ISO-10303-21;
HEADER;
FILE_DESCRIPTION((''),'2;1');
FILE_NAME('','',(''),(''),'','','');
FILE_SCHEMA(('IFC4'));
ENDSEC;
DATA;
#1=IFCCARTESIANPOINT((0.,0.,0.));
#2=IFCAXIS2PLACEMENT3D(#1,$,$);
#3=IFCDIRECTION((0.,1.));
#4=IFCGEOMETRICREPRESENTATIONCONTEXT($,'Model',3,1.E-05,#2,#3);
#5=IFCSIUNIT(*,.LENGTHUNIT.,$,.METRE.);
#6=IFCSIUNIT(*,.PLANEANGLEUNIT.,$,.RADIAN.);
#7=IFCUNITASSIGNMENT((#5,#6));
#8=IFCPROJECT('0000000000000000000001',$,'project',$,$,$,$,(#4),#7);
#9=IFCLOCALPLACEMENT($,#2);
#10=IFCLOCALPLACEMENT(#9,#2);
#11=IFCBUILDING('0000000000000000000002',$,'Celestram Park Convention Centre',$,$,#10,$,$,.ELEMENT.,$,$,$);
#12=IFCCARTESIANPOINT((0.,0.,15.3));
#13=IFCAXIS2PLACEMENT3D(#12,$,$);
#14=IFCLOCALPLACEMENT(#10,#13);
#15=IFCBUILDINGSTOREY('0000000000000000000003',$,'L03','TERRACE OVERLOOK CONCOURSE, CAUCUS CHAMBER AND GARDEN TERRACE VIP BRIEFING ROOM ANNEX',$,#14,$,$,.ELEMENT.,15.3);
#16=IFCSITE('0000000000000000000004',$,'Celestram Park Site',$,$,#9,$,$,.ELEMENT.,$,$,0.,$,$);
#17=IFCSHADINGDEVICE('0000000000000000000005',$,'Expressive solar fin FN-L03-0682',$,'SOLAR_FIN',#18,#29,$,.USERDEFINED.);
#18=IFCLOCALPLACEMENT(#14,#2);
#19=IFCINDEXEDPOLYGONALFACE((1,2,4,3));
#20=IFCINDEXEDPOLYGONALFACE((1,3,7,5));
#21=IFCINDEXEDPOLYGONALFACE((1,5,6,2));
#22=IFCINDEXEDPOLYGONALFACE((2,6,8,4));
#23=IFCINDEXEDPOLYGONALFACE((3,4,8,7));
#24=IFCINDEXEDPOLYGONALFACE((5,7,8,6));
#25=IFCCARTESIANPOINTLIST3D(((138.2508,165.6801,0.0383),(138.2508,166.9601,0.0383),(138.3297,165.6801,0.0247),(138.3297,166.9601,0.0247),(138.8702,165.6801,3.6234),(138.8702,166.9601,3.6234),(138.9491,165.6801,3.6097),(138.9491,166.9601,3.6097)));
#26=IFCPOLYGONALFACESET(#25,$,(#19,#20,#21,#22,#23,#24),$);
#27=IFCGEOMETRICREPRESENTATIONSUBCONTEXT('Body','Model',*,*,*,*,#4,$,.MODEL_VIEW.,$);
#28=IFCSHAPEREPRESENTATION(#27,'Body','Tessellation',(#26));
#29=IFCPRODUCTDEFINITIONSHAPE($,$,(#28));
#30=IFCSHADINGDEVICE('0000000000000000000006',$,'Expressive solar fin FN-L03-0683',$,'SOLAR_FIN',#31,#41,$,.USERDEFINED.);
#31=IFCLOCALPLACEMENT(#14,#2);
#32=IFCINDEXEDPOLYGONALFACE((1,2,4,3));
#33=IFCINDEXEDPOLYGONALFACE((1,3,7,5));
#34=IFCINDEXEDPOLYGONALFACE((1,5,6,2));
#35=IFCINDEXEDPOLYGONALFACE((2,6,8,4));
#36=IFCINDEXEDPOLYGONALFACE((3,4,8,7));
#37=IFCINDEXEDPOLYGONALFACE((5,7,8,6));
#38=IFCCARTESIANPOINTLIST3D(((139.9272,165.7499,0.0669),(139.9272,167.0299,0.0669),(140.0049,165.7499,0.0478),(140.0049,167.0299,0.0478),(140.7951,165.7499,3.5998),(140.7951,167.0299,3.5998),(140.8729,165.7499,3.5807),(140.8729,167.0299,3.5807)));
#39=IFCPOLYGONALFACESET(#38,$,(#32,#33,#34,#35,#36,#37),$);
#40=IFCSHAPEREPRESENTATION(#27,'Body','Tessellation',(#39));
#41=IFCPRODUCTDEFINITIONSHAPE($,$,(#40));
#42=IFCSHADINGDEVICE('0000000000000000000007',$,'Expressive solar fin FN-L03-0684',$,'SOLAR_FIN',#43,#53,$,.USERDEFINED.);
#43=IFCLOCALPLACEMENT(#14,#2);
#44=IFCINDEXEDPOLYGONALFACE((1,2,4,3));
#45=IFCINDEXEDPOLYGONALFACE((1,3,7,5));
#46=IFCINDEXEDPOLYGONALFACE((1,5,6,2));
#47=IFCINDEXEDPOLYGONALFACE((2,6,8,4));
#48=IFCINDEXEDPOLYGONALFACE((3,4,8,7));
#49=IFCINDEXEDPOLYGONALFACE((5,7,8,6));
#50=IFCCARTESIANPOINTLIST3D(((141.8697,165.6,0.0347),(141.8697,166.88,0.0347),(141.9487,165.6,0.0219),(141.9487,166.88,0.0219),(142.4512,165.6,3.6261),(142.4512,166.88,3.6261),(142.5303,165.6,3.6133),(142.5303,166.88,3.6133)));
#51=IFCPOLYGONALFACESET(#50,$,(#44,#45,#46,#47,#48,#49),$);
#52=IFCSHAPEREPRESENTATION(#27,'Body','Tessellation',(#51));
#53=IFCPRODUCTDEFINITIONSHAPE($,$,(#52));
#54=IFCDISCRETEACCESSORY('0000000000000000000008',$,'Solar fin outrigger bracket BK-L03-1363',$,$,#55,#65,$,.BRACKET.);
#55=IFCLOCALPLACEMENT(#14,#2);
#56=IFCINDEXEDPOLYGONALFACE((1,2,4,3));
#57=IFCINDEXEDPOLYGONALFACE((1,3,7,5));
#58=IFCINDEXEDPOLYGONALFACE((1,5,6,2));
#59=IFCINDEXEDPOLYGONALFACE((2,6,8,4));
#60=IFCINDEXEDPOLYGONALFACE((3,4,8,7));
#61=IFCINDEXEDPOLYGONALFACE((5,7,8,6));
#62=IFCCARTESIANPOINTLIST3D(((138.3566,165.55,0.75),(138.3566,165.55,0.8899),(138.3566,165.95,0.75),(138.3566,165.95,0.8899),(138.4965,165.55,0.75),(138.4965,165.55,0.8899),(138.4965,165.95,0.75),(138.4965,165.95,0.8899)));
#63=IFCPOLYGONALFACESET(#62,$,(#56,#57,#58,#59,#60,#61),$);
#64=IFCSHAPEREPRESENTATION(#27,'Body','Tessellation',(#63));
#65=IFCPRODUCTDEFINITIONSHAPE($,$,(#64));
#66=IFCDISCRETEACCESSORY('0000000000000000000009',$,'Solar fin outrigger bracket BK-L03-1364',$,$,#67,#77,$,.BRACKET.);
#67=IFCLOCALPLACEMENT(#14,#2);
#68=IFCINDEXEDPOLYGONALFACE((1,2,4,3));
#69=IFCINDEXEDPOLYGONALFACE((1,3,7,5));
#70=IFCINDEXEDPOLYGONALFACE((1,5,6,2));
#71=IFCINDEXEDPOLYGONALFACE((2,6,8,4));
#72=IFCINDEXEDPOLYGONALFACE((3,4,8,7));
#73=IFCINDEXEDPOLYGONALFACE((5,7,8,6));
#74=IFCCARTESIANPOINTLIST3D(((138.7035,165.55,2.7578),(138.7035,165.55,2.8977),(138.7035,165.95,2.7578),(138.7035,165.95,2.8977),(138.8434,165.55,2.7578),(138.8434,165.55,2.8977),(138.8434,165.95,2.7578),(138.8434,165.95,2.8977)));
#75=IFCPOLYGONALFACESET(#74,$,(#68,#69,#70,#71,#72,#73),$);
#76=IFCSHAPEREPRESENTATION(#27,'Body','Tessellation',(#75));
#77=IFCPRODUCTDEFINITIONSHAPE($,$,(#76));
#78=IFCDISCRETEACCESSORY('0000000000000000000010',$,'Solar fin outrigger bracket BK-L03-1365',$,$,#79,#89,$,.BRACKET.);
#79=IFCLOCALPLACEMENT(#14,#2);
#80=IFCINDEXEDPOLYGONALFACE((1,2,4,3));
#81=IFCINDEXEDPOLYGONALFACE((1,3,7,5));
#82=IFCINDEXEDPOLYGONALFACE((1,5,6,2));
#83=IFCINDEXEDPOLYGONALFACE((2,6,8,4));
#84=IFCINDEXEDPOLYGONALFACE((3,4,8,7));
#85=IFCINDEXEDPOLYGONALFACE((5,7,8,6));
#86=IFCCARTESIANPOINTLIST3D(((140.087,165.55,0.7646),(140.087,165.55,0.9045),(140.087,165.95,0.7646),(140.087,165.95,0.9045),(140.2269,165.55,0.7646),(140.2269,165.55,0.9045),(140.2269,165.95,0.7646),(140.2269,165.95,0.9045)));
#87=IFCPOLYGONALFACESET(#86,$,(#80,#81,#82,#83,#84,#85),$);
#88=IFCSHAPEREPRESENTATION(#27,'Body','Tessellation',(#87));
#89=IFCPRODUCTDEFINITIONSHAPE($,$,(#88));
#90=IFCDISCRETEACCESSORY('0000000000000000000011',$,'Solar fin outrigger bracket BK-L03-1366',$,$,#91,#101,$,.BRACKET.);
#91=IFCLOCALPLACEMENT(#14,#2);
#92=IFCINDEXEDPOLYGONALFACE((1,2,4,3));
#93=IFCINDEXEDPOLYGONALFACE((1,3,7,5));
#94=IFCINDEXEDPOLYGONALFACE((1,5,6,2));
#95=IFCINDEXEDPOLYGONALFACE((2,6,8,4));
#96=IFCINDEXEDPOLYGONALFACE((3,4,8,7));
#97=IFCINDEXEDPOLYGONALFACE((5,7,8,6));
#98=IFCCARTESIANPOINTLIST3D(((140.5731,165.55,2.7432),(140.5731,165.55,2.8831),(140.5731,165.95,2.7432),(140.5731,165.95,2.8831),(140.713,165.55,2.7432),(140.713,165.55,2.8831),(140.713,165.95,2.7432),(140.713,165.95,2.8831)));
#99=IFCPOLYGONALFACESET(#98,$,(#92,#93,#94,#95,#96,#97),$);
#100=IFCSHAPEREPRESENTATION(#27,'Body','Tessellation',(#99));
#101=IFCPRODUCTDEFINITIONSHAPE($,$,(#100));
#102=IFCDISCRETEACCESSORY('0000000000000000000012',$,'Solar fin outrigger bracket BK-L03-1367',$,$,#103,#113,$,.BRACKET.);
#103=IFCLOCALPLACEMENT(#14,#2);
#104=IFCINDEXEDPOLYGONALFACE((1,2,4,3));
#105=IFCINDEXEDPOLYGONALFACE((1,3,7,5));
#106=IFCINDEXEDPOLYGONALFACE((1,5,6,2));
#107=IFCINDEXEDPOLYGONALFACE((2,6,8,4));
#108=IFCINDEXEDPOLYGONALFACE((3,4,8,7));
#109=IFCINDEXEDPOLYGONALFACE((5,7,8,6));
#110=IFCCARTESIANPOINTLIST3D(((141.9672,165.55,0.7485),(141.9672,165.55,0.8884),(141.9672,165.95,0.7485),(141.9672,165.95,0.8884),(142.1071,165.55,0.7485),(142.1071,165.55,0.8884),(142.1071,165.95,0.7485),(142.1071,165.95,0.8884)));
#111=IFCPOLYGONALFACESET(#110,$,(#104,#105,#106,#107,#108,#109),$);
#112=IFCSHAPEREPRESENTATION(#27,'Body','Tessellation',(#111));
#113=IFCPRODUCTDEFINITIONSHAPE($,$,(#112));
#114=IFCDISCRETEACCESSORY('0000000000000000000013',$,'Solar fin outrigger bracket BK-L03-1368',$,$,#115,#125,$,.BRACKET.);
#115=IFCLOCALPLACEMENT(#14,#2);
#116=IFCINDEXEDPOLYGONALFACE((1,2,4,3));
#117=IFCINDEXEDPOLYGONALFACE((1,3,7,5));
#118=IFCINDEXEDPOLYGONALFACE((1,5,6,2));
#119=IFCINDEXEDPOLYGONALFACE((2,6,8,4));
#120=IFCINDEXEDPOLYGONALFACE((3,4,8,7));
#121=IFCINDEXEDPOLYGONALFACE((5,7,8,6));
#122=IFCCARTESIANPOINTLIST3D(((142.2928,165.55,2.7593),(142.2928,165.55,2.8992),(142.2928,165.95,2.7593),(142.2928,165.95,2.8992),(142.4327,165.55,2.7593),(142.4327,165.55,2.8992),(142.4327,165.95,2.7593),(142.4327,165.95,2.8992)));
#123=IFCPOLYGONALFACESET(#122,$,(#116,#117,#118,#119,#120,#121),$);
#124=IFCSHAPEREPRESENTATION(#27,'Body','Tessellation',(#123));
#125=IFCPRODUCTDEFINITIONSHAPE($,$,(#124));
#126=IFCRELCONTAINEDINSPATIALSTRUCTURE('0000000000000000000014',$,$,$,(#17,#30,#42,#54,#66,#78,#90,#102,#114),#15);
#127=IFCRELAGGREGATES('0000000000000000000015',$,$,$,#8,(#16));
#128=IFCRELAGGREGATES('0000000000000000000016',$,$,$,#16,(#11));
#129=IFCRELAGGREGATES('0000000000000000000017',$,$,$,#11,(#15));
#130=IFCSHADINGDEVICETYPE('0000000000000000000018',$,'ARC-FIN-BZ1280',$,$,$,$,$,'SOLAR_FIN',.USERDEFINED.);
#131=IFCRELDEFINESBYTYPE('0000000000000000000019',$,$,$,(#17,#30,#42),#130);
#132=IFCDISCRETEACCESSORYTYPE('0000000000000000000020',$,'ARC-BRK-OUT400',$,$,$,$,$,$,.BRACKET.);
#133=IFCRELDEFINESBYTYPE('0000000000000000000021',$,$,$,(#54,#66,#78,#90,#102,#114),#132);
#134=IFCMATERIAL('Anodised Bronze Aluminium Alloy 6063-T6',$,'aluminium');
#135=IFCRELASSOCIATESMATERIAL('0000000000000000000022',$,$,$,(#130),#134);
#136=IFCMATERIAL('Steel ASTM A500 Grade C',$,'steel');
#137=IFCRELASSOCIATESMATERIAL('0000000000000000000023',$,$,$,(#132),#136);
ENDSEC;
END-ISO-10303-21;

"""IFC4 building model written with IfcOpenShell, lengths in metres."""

from ifc_helpers import new_model, si_unit, direction, frame, origin, origin_2d, place, context, subcontext, project, spatial, rectangle, extrude, material, material_profile, profile_set, type_object, element, save


model = new_model("IFC4")

# Units and contexts
model_context = context("Model", 3, precision=1e-05, world=origin(), true_north=direction((0.0, 1.0)))
body_context = subcontext(model_context, "Body", "Model", "MODEL_VIEW")
ifc_project = project(units=[si_unit("LENGTHUNIT", "METRE"), si_unit("PLANEANGLEUNIT", "RADIAN")], contexts=[model_context])

# Site, building, storey
site_placement = place(None, origin())
site = spatial("IfcSite", under=ifc_project, at=site_placement, Name="Celestram Park Site", CompositionType="ELEMENT", RefElevation=0.0)
building_placement = place(site_placement, origin())
building = spatial("IfcBuilding", under=site, at=building_placement, Name="Celestram Park Convention Centre", CompositionType="ELEMENT")
storey_placement = place(building_placement, frame((0.0, 0.0, 15.3)))
storey = spatial("IfcBuildingStorey", under=building, at=storey_placement, Name="L03", Description="TERRACE OVERLOOK CONCOURSE, CAUCUS CHAMBER AND GARDEN TERRACE VIP BRIEFING ROOM ANNEX", CompositionType="ELEMENT", Elevation=15.3)

# Shading devices
ifc_material_1 = material(Name="Anodised Bronze Aluminium Alloy 6063-T6", Category="aluminium")
ifc_material_profile_1 = material_profile(ifc_material_1, rectangle(XDim=1.28, YDim=0.0801, at=origin_2d()), Name="FIN1280X80")
ifc_profile_set_1 = profile_set([ifc_material_profile_1], Name="Anodised Bronze Aluminium Alloy 6063-T6")
shading_device_type = type_object("IfcShadingDeviceType", Name="ARC-FIN-BZ1280", ElementType="SOLAR_FIN", PredefinedType="USERDEFINED", material=ifc_profile_set_1)
shading_device_1_placement = place(storey_placement, frame((138.2903, 166.3201, 0.0315), z_axis=(0.170251, 0.0, 0.985401), x_axis=(0.0, 1.0, 0.0)))
element("IfcShadingDevice", 1, at=shading_device_1_placement, inside=storey, type_object=shading_device_type, Name="Expressive solar fin FN-L03-0682", ObjectType="SOLAR_FIN", PredefinedType="USERDEFINED", context=body_context, shape_type="SweptSolid", body=[
    extrude(rectangle(XDim=1.28, YDim=0.0801, at=origin_2d()), origin(), (0.0, 0.0, 1.0), 3.6382),
])
shading_device_2_placement = place(storey_placement, frame((139.9661, 166.3899, 0.0574), z_axis=(0.23857, 0.0, 0.971125), x_axis=(0.0, 1.0, 0.0)))
element("IfcShadingDevice", 2, at=shading_device_2_placement, inside=storey, type_object=shading_device_type, Name="Expressive solar fin FN-L03-0683", ObjectType="SOLAR_FIN", PredefinedType="USERDEFINED", context=body_context, shape_type="SweptSolid", body=[
    extrude(rectangle(XDim=1.28, YDim=0.0801, at=origin_2d()), origin(), (0.0, 0.0, 1.0), 3.6379),
])
shading_device_3_placement = place(storey_placement, frame((141.9092, 166.24, 0.0283), z_axis=(0.159848, 0.0, 0.987142), x_axis=(0.0, 1.0, 0.0)))
element("IfcShadingDevice", 3, at=shading_device_3_placement, inside=storey, type_object=shading_device_type, Name="Expressive solar fin FN-L03-0684", ObjectType="SOLAR_FIN", PredefinedType="USERDEFINED", context=body_context, shape_type="SweptSolid", body=[
    extrude(rectangle(XDim=1.28, YDim=0.0801, at=origin_2d()), origin(), (0.0, 0.0, 1.0), 3.6382),
])

# Discrete accessories
ifc_material_2 = material(Name="Steel ASTM A500 Grade C", Category="steel")
discrete_accessory_type = type_object("IfcDiscreteAccessoryType", Name="ARC-BRK-OUT400", PredefinedType="BRACKET", material=ifc_material_2)
for number, where, z_axis, x_axis, name in (
    (4, (138.4265, 165.75, 0.75), (0.0, 0.0, 1.0), (0.0, 1.0, 0.0), "Solar fin outrigger bracket BK-L03-1363"),
    (5, (138.7734, 165.75, 2.7578), (0.0, 0.0, 1.0), (0.0, 1.0, 0.0), "Solar fin outrigger bracket BK-L03-1364"),
    (6, (140.157, 165.75, 0.7646), (0.0, 0.0, 1.0), (0.0, 1.0, 0.0), "Solar fin outrigger bracket BK-L03-1365"),
    (7, (140.6431, 165.75, 2.7432), (0.0, 0.0, 1.0), (0.0, 1.0, 0.0), "Solar fin outrigger bracket BK-L03-1366"),
    (8, (142.0371, 165.75, 0.7485), (0.0, 0.0, 1.0), (0.0, 1.0, 0.0), "Solar fin outrigger bracket BK-L03-1367"),
    (9, (142.3628, 165.75, 2.7593), (0.0, 0.0, 1.0), (0.0, 1.0, 0.0), "Solar fin outrigger bracket BK-L03-1368"),
):
    element("IfcDiscreteAccessory", number, at=place(storey_placement, frame(where, z_axis=z_axis, x_axis=x_axis)), inside=storey, type_object=discrete_accessory_type, Name=name, PredefinedType="BRACKET", context=body_context, shape_type="SweptSolid", body=[
        extrude(rectangle(XDim=0.3999, YDim=0.1399, at=origin_2d()), origin(), (0.0, 0.0, 1.0), 0.1399),
    ])

save(model, "model.ifc")
